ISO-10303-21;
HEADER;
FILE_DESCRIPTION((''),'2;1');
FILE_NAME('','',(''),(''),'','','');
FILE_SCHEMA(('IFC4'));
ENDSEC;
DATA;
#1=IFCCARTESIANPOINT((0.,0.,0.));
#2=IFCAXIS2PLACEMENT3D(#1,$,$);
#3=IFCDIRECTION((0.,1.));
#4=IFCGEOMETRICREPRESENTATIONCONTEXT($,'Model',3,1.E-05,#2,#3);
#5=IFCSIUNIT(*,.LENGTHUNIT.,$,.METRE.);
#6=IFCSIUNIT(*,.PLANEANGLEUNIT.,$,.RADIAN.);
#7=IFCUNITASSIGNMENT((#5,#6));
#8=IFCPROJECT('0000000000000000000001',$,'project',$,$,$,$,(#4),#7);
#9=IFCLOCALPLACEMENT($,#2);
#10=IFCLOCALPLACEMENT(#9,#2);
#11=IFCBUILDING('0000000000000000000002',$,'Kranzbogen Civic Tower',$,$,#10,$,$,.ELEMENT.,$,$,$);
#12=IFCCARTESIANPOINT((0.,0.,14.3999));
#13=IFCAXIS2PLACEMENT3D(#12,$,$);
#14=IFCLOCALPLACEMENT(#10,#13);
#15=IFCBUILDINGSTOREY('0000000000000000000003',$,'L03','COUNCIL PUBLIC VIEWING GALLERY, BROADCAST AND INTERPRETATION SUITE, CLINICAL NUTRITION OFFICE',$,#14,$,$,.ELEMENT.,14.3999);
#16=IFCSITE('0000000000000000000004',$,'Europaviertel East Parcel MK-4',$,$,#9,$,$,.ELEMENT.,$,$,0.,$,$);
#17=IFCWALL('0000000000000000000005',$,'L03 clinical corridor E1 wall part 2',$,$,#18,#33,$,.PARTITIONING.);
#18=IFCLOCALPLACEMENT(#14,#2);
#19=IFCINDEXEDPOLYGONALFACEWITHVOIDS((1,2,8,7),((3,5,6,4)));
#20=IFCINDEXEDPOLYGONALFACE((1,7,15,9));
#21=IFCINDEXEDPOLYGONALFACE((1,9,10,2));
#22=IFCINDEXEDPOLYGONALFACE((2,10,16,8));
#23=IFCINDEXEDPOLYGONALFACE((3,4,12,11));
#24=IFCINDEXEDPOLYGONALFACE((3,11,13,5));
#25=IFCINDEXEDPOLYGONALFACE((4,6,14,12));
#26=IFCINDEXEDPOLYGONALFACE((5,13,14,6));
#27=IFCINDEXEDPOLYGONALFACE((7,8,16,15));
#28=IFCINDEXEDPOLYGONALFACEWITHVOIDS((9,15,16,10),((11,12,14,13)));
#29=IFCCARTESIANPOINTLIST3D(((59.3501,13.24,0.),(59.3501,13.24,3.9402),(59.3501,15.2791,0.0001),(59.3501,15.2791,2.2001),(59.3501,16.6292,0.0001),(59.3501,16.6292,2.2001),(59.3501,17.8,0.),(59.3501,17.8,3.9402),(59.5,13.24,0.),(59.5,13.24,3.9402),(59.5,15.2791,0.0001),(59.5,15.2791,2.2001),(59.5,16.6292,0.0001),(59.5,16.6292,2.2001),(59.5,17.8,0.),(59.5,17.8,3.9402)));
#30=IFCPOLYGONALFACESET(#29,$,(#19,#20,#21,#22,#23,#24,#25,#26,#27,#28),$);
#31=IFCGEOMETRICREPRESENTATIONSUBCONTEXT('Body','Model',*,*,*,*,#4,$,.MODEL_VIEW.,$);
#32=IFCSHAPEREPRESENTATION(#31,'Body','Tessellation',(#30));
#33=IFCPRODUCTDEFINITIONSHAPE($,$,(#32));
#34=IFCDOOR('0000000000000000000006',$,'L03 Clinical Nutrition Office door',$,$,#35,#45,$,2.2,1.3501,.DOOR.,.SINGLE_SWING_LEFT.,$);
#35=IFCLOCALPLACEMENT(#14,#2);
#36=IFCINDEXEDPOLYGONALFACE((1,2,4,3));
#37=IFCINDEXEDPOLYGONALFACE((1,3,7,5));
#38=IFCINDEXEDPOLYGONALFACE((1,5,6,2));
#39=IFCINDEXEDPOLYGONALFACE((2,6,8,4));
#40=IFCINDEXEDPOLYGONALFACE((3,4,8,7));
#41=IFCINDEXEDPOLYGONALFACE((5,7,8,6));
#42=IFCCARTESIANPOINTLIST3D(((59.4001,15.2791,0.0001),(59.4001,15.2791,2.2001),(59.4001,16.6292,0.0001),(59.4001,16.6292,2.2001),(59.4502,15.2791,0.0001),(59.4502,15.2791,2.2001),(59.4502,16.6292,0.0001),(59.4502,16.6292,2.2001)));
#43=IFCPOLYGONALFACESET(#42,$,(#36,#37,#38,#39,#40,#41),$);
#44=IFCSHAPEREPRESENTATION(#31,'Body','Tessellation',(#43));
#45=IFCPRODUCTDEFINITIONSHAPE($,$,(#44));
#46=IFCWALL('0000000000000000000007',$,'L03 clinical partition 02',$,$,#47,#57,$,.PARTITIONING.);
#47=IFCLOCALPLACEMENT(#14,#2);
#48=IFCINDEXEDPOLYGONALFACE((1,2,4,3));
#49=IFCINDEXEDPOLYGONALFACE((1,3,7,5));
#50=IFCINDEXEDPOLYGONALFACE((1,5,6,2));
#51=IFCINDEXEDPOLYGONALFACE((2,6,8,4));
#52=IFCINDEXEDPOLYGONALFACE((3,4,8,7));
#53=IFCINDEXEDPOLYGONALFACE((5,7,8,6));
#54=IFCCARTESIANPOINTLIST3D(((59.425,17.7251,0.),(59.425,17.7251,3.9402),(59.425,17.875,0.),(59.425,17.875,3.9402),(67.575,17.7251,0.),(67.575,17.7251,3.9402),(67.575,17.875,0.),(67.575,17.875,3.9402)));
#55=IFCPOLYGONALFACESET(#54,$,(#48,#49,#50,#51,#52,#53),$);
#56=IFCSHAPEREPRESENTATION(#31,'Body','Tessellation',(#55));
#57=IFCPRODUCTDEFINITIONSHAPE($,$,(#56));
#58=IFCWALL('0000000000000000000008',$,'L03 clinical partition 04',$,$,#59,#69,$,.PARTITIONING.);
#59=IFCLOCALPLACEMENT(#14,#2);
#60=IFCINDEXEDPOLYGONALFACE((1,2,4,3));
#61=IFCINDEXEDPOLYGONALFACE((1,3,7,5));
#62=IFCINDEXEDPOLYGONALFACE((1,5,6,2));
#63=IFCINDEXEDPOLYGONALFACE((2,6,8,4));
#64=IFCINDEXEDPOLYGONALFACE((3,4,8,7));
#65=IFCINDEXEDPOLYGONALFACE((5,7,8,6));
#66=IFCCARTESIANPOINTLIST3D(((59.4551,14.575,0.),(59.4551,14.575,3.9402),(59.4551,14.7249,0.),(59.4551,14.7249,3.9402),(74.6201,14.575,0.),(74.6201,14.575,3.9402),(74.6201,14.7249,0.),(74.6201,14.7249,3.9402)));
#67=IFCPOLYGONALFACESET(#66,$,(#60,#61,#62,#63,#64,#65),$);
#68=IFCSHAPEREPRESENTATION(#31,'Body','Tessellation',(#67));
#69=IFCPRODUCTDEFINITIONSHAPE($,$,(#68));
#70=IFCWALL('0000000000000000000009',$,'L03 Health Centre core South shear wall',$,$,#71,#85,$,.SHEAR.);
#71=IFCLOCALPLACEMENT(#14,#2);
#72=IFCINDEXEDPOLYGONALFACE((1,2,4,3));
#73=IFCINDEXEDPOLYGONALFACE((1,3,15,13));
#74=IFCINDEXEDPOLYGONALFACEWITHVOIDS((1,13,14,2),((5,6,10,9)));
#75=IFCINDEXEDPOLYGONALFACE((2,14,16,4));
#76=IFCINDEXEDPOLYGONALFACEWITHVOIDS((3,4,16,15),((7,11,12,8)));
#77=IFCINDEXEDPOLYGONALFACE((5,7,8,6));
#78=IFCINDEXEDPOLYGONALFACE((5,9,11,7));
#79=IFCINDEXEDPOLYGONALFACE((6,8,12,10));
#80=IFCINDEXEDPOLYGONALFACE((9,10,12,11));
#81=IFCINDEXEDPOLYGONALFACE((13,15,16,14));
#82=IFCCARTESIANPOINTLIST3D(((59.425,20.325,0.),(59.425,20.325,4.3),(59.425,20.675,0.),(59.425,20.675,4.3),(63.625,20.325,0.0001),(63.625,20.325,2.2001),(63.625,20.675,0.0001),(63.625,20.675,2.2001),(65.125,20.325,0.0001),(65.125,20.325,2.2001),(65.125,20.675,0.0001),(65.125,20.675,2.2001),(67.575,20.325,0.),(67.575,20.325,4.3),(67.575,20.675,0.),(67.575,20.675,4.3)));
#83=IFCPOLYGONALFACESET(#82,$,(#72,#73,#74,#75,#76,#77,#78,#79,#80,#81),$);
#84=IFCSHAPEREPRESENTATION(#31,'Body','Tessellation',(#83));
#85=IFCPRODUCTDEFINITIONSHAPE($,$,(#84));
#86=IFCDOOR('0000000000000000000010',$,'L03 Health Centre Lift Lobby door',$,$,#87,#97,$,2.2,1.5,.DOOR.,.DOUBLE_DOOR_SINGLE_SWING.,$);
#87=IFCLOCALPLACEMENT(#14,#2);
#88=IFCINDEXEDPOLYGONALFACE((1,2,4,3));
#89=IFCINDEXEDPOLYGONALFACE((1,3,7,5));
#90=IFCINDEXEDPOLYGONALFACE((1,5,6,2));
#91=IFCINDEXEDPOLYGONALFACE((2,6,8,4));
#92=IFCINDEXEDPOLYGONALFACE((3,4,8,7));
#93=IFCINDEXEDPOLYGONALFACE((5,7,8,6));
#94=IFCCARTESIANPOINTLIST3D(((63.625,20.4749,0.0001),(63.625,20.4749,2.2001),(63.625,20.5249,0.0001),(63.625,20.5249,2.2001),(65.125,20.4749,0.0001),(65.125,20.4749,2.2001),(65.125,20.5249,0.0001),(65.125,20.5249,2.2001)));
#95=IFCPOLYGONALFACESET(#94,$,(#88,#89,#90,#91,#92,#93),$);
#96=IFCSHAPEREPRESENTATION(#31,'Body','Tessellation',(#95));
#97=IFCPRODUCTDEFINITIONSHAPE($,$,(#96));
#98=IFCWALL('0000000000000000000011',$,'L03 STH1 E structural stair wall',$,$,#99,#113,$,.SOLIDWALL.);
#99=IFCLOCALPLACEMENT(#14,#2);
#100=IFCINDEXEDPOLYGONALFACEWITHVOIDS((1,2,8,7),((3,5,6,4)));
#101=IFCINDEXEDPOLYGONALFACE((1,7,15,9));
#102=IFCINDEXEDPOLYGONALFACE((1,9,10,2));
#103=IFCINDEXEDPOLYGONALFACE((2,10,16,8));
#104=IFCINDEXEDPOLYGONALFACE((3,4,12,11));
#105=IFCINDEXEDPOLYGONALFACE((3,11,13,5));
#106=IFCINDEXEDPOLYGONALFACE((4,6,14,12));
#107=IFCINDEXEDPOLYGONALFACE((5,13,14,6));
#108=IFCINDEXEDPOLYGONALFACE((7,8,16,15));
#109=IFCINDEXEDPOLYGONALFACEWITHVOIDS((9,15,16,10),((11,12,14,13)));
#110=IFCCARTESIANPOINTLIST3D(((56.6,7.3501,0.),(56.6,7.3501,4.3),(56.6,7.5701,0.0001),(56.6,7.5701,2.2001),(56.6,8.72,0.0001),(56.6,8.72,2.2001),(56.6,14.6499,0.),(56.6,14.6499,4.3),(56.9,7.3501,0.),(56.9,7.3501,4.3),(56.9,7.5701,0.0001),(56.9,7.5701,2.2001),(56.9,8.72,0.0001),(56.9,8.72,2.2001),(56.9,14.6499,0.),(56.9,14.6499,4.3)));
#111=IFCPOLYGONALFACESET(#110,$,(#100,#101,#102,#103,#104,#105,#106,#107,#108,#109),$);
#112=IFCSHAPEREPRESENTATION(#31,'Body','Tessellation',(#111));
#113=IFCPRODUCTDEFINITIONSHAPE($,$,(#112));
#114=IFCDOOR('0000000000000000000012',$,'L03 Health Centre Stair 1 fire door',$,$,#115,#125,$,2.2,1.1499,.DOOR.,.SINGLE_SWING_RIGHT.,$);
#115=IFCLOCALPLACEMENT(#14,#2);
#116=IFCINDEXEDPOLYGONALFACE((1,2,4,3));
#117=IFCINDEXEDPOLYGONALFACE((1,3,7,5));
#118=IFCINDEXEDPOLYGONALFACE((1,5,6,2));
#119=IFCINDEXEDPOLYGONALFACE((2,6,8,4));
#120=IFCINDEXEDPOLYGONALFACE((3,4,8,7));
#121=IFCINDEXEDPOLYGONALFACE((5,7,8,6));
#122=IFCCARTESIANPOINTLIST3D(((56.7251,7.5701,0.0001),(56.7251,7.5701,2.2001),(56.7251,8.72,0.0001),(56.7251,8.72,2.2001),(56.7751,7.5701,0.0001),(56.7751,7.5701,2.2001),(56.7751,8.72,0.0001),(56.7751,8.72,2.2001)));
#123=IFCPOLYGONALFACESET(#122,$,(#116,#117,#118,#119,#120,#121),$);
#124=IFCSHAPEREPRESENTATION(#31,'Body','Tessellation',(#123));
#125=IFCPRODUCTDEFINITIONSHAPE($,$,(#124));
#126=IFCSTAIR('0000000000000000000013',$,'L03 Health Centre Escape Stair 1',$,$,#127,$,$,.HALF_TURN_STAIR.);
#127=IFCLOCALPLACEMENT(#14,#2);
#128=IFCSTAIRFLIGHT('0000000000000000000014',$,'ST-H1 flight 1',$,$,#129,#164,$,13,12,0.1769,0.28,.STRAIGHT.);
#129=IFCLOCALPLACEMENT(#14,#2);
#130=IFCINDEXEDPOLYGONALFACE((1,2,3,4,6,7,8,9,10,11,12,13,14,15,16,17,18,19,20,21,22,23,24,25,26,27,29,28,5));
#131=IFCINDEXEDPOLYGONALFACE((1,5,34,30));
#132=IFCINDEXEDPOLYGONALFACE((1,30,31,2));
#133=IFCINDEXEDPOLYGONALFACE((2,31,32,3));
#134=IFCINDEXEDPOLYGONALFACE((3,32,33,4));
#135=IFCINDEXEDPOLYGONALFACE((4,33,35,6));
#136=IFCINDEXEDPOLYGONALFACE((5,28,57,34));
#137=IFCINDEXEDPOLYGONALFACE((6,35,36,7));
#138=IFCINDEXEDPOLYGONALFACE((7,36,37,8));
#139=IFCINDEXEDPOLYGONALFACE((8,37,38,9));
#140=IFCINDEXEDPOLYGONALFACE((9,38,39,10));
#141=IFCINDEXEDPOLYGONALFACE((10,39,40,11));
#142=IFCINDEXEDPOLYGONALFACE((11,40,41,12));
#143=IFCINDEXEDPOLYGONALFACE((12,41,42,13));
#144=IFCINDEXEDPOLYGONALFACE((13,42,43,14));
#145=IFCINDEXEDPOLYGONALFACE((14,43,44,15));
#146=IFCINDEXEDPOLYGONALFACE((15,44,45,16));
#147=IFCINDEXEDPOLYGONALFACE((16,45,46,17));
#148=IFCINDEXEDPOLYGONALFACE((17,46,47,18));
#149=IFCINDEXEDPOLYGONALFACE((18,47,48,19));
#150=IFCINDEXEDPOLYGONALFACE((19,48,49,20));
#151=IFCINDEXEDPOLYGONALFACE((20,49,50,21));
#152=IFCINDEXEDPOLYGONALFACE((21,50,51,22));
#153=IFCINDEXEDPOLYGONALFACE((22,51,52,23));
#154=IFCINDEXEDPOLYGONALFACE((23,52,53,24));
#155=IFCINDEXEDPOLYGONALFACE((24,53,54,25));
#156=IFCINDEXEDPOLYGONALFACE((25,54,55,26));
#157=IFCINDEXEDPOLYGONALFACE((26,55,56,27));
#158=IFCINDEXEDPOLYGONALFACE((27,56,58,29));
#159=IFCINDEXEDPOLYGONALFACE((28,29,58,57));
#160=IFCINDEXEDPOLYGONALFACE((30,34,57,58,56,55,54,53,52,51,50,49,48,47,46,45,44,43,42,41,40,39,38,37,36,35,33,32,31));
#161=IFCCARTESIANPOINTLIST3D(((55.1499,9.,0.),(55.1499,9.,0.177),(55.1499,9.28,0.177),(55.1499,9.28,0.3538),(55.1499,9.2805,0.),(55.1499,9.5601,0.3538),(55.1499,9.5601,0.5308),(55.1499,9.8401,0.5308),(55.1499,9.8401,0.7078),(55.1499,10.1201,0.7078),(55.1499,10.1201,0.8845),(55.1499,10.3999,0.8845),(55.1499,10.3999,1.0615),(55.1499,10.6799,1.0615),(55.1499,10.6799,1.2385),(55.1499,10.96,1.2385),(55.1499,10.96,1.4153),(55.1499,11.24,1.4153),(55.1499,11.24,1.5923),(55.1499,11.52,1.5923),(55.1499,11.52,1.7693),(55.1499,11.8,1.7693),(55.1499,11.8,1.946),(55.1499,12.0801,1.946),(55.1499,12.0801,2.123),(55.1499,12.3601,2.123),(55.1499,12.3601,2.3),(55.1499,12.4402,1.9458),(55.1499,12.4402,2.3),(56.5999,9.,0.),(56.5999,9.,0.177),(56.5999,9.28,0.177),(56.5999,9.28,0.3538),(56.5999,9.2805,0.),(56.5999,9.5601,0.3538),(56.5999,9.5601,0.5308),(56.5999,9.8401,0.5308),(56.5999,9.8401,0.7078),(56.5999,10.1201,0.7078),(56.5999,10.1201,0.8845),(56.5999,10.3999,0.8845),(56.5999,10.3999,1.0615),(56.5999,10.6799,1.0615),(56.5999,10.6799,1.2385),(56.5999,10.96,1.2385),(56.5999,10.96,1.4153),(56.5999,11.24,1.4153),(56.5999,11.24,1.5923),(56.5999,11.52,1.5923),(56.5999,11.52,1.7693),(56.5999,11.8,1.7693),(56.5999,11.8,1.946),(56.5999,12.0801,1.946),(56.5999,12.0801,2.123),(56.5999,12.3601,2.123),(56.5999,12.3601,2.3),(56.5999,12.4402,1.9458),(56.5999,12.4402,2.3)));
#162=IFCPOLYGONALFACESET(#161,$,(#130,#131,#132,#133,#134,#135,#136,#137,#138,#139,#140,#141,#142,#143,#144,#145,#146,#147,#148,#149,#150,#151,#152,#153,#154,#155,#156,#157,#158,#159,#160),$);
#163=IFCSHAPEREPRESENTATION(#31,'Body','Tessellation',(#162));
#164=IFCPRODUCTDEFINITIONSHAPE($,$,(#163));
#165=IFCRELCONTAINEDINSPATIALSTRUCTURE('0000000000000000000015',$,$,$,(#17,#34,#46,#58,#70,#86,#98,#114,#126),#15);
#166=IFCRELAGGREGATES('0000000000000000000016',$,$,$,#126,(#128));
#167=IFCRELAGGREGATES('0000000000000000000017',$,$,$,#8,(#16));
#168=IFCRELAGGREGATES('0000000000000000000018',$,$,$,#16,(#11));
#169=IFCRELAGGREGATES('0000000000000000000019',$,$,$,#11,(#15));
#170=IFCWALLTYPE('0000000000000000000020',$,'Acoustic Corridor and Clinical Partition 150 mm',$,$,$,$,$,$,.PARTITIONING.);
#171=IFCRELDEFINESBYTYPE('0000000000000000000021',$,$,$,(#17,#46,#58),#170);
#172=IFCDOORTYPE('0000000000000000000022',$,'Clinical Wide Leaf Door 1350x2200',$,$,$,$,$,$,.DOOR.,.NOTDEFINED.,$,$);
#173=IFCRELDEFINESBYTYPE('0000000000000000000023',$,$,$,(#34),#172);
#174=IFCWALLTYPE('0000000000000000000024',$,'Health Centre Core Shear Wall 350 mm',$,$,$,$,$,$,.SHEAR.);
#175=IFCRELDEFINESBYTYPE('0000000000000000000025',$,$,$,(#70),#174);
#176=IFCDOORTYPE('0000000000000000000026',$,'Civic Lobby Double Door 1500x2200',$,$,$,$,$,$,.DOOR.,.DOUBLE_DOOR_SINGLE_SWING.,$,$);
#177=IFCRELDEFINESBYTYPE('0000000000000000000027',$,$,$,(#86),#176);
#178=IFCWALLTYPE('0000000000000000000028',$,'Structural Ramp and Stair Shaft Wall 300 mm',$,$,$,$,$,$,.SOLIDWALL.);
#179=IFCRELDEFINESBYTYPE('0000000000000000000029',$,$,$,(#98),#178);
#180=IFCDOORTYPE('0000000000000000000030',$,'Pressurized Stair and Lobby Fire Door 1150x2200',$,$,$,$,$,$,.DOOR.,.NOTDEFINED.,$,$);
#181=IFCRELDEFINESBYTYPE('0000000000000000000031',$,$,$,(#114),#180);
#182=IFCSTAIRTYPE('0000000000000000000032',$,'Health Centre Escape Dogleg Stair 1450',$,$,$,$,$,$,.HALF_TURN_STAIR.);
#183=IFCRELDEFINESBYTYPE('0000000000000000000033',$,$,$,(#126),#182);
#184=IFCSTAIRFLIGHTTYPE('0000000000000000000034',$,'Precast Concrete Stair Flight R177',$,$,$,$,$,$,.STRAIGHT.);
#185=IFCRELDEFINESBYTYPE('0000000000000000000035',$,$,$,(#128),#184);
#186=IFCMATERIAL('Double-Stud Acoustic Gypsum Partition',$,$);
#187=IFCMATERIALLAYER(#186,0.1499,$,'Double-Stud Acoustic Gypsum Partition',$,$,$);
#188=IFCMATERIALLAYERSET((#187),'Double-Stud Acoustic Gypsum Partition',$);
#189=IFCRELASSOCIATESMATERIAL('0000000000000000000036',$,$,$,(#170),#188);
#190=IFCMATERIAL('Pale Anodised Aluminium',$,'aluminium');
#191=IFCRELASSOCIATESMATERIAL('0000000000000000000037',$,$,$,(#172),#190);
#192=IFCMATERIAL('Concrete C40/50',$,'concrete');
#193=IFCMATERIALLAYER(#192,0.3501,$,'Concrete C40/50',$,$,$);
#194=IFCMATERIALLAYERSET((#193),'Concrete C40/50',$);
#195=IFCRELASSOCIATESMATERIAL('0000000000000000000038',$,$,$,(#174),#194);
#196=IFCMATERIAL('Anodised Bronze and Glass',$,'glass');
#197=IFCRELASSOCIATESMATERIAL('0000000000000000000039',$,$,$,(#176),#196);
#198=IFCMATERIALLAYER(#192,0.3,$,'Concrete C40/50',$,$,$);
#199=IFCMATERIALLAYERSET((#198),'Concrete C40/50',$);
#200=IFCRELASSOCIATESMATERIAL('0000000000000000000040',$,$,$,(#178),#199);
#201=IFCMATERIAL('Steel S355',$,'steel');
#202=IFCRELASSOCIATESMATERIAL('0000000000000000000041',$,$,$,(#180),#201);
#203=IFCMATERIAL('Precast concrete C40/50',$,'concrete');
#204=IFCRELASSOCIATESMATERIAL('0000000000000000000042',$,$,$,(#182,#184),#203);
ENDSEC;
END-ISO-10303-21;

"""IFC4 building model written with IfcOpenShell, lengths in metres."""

from ifc_helpers import new_model, si_unit, direction, frame, frame_2d, origin, place, context, subcontext, project, spatial, polyline, rectangle, outline, extrude, material, layer, layer_set, type_object, element, fill, aggregate, save


model = new_model("IFC4")

# Units and contexts
model_context = context("Model", 3, precision=1e-05, world=origin(), true_north=direction((0.0, 1.0)))
body_context = subcontext(model_context, "Body", "Model", "MODEL_VIEW")
ifc_project = project(units=[si_unit("LENGTHUNIT", "METRE"), si_unit("PLANEANGLEUNIT", "RADIAN")], contexts=[model_context])

# Site, building, storey
site_placement = place(None, origin())
site = spatial("IfcSite", under=ifc_project, at=site_placement, Name="Europaviertel East Parcel MK-4", CompositionType="ELEMENT", RefElevation=0.0)
building_placement = place(site_placement, origin())
building = spatial("IfcBuilding", under=site, at=building_placement, Name="Kranzbogen Civic Tower", CompositionType="ELEMENT")
storey_placement = place(building_placement, frame((0.0, 0.0, 14.3999)))
storey = spatial("IfcBuildingStorey", under=building, at=storey_placement, Name="L03", Description="COUNCIL PUBLIC VIEWING GALLERY, BROADCAST AND INTERPRETATION SUITE, CLINICAL NUTRITION OFFICE", CompositionType="ELEMENT", Elevation=14.3999)

# Shared definitions
ifc_material_1 = material(Name="Steel S355", Category="steel")
ifc_material_2 = material(Name="Concrete C40/50", Category="concrete")

# Wall, opening, door
ifc_material_3 = material(Name="Double-Stud Acoustic Gypsum Partition")
ifc_layer_1 = layer(ifc_material_3, 0.1499, Name="Double-Stud Acoustic Gypsum Partition")
ifc_layer_set_1 = layer_set([ifc_layer_1], Name="Double-Stud Acoustic Gypsum Partition")
wall_type_1 = type_object("IfcWallType", Name="Acoustic Corridor and Clinical Partition 150 mm", PredefinedType="PARTITIONING", material=ifc_layer_set_1)
ifc_material_4 = material(Name="Pale Anodised Aluminium", Category="aluminium")
door_type_1 = type_object("IfcDoorType", Name="Clinical Wide Leaf Door 1350x2200", OperationType="NOTDEFINED", PredefinedType="DOOR", material=ifc_material_4)
wall_1_placement = place(storey_placement, frame((59.425, 13.24, 0.0), z_axis=(0.0, 0.0, 1.0), x_axis=(0.0, 1.0, 0.0)))
wall_1 = element("IfcWall", 1, at=wall_1_placement, inside=storey, type_object=wall_type_1, Name="L03 clinical corridor E1 wall part 2", PredefinedType="PARTITIONING", context=body_context, shape_type="SweptSolid", body=[
    extrude(rectangle(XDim=4.5601, YDim=0.1499, at=frame_2d((2.28, 0.0))), origin(), (0.0, 0.0, 1.0), 3.9402),
])
opening_1_placement = place(wall_1_placement, frame((2.0391, 0.0, 0.0)))
opening_1 = element("IfcOpeningElement", 2, at=opening_1_placement, cuts=wall_1, PredefinedType="OPENING", context=body_context, shape_type="SweptSolid", body=[
    extrude(rectangle(XDim=1.3501, YDim=2.2, at=frame_2d((0.675, 1.1001))), frame((0.0, 0.085, 0.0), z_axis=(0.0, -1.0, 0.0), x_axis=(1.0, 0.0, 0.0)), (0.0, 0.0, 1.0), 0.1699),
])
door_1_placement = place(opening_1_placement, origin())
door_1 = element("IfcDoor", 3, at=door_1_placement, inside=storey, type_object=door_type_1, Name="L03 Clinical Nutrition Office door", OperationType="SINGLE_SWING_LEFT", OverallHeight=2.2, OverallWidth=1.3501, PredefinedType="DOOR", context=body_context, shape_type="SweptSolid", body=[
    extrude(rectangle(XDim=1.3501, YDim=2.2, at=frame_2d((0.675, 1.1001))), frame((0.0, 0.0249, 0.0), z_axis=(0.0, -1.0, 0.0), x_axis=(1.0, 0.0, 0.0)), (0.0, 0.0, 1.0), 0.05),
])
fill(opening_1, door_1)

# Walls
wall_2_placement = place(storey_placement, frame((59.425, 17.8, 0.0), z_axis=(0.0, 0.0, 1.0), x_axis=(1.0, 0.0, 0.0)))
element("IfcWall", 4, at=wall_2_placement, inside=storey, type_object=wall_type_1, Name="L03 clinical partition 02", PredefinedType="PARTITIONING", context=body_context, shape_type="SweptSolid", body=[
    extrude(rectangle(XDim=8.1499, YDim=0.1499, at=frame_2d((4.075, 0.0))), origin(), (0.0, 0.0, 1.0), 3.9402),
])
wall_3_placement = place(storey_placement, frame((59.4551, 14.6499, 0.0), z_axis=(0.0, 0.0, 1.0), x_axis=(1.0, 0.0, 0.0)))
element("IfcWall", 5, at=wall_3_placement, inside=storey, type_object=wall_type_1, Name="L03 clinical partition 04", PredefinedType="PARTITIONING", context=body_context, shape_type="SweptSolid", body=[
    extrude(rectangle(XDim=15.165, YDim=0.1499, at=frame_2d((7.5825, 0.0))), origin(), (0.0, 0.0, 1.0), 3.9402),
])

# Walls, openings, doors
ifc_layer_2 = layer(ifc_material_2, 0.3501, Name="Concrete C40/50")
ifc_layer_set_2 = layer_set([ifc_layer_2], Name="Concrete C40/50")
wall_type_2 = type_object("IfcWallType", Name="Health Centre Core Shear Wall 350 mm", PredefinedType="SHEAR", material=ifc_layer_set_2)
wall_4_placement = place(storey_placement, frame((59.425, 20.5, 0.0), z_axis=(0.0, 0.0, 1.0), x_axis=(1.0, 0.0, 0.0)))
wall_4 = element("IfcWall", 6, at=wall_4_placement, inside=storey, type_object=wall_type_2, Name="L03 Health Centre core South shear wall", PredefinedType="SHEAR", context=body_context, shape_type="SweptSolid", body=[
    extrude(rectangle(XDim=8.1499, YDim=0.3501, at=frame_2d((4.075, 0.0))), origin(), (0.0, 0.0, 1.0), 4.3),
])
opening_2_placement = place(wall_4_placement, frame((4.2, 0.0, 0.0)))
opening_2 = element("IfcOpeningElement", 7, at=opening_2_placement, cuts=wall_4, PredefinedType="OPENING", context=body_context, shape_type="SweptSolid", body=[
    extrude(rectangle(XDim=1.5, YDim=2.2, at=frame_2d((0.75, 1.1001))), frame((0.0, 0.1851, 0.0), z_axis=(0.0, -1.0, 0.0), x_axis=(1.0, 0.0, 0.0)), (0.0, 0.0, 1.0), 0.3701),
])
ifc_material_5 = material(Name="Anodised Bronze and Glass", Category="glass")
door_type_2 = type_object("IfcDoorType", Name="Civic Lobby Double Door 1500x2200", OperationType="DOUBLE_DOOR_SINGLE_SWING", PredefinedType="DOOR", material=ifc_material_5)
door_2_placement = place(opening_2_placement, origin())
door_2 = element("IfcDoor", 8, at=door_2_placement, inside=storey, type_object=door_type_2, Name="L03 Health Centre Lift Lobby door", OperationType="DOUBLE_DOOR_SINGLE_SWING", OverallHeight=2.2, OverallWidth=1.5, PredefinedType="DOOR", context=body_context, shape_type="SweptSolid", body=[
    extrude(rectangle(XDim=1.5, YDim=2.2, at=frame_2d((0.75, 1.1001))), frame((0.0, 0.0249, 0.0), z_axis=(0.0, -1.0, 0.0), x_axis=(1.0, 0.0, 0.0)), (0.0, 0.0, 1.0), 0.05),
])
fill(opening_2, door_2)
ifc_layer_3 = layer(ifc_material_2, 0.3, Name="Concrete C40/50")
ifc_layer_set_3 = layer_set([ifc_layer_3], Name="Concrete C40/50")
wall_type_3 = type_object("IfcWallType", Name="Structural Ramp and Stair Shaft Wall 300 mm", PredefinedType="SOLIDWALL", material=ifc_layer_set_3)
wall_5_placement = place(storey_placement, frame((56.75, 7.3501, 0.0), z_axis=(0.0, 0.0, 1.0), x_axis=(0.0, 1.0, 0.0)))
wall_5 = element("IfcWall", 9, at=wall_5_placement, inside=storey, type_object=wall_type_3, Name="L03 STH1 E structural stair wall", PredefinedType="SOLIDWALL", context=body_context, shape_type="SweptSolid", body=[
    extrude(rectangle(XDim=7.2998, YDim=0.3, at=frame_2d((3.6499, 0.0))), origin(), (0.0, 0.0, 1.0), 4.3),
])
opening_3_placement = place(wall_5_placement, frame((0.22, 0.0, 0.0)))
opening_3 = element("IfcOpeningElement", 10, at=opening_3_placement, cuts=wall_5, PredefinedType="OPENING", context=body_context, shape_type="SweptSolid", body=[
    extrude(rectangle(XDim=1.1499, YDim=2.2, at=frame_2d((0.575, 1.1001))), frame((0.0, 0.1602, 0.0), z_axis=(0.0, -1.0, 0.0), x_axis=(1.0, 0.0, 0.0)), (0.0, 0.0, 1.0), 0.3201),
])
door_type_3 = type_object("IfcDoorType", Name="Pressurized Stair and Lobby Fire Door 1150x2200", OperationType="NOTDEFINED", PredefinedType="DOOR", material=ifc_material_1)
door_3_placement = place(opening_3_placement, origin())
door_3 = element("IfcDoor", 11, at=door_3_placement, inside=storey, type_object=door_type_3, Name="L03 Health Centre Stair 1 fire door", OperationType="SINGLE_SWING_RIGHT", OverallHeight=2.2, OverallWidth=1.1499, PredefinedType="DOOR", context=body_context, shape_type="SweptSolid", body=[
    extrude(rectangle(XDim=1.1499, YDim=2.2, at=frame_2d((0.575, 1.1001))), frame((0.0, 0.0249, 0.0), z_axis=(0.0, -1.0, 0.0), x_axis=(1.0, 0.0, 0.0)), (0.0, 0.0, 1.0), 0.05),
])
fill(opening_3, door_3)

# Stair, stair flight
ifc_material_6 = material(Name="Precast concrete C40/50", Category="concrete")
stair_type = type_object("IfcStairType", Name="Health Centre Escape Dogleg Stair 1450", PredefinedType="HALF_TURN_STAIR", material=ifc_material_6)
stair_placement = place(storey_placement, origin())
stair = element("IfcStair", 12, at=stair_placement, inside=storey, type_object=stair_type, Name="L03 Health Centre Escape Stair 1", PredefinedType="HALF_TURN_STAIR")
stair_flight_type = type_object("IfcStairFlightType", Name="Precast Concrete Stair Flight R177", PredefinedType="STRAIGHT", material=ifc_material_6)
stair_flight_placement = place(storey_placement, frame((55.875, 9.0, 0.0), z_axis=(0.0, 0.0, 1.0), x_axis=(0.0, 1.0, 0.0)))
stair_flight = element("IfcStairFlight", 13, at=stair_flight_placement, type_object=stair_flight_type, Name="ST-H1 flight 1", NumberOfRisers=13, NumberOfTreads=12, PredefinedType="STRAIGHT", RiserHeight=0.1769, TreadLength=0.28, context=body_context, shape_type="SweptSolid", body=[
    extrude(outline(polyline([(0.0, 0.0), (0.0, 0.177), (0.28, 0.177), (0.28, 0.3538), (0.5601, 0.3538), (0.5601, 0.5308), (0.8401, 0.5308), (0.8401, 0.7078), (1.1201, 0.7078), (1.1201, 0.8845), (1.3999, 0.8845), (1.3999, 1.0615), (1.6799, 1.0615), (1.6799, 1.2385), (1.96, 1.2385), (1.96, 1.4153), (2.24, 1.4153), (2.24, 1.5923), (2.52, 1.5923), (2.52, 1.7693), (2.8, 1.7693), (2.8, 1.946), (3.0801, 1.946), (3.0801, 2.123), (3.3601, 2.123), (3.3601, 2.3), (3.4402, 2.3), (3.4402, 1.9458), (0.2805, 0.0), (0.0, 0.0)])), frame((0.0, 0.7251, 0.0), z_axis=(0.0, -1.0, 0.0), x_axis=(1.0, 0.0, 0.0)), (0.0, 0.0, 1.0), 1.45),
])
aggregate(stair, [stair_flight])

save(model, "model.ifc")
